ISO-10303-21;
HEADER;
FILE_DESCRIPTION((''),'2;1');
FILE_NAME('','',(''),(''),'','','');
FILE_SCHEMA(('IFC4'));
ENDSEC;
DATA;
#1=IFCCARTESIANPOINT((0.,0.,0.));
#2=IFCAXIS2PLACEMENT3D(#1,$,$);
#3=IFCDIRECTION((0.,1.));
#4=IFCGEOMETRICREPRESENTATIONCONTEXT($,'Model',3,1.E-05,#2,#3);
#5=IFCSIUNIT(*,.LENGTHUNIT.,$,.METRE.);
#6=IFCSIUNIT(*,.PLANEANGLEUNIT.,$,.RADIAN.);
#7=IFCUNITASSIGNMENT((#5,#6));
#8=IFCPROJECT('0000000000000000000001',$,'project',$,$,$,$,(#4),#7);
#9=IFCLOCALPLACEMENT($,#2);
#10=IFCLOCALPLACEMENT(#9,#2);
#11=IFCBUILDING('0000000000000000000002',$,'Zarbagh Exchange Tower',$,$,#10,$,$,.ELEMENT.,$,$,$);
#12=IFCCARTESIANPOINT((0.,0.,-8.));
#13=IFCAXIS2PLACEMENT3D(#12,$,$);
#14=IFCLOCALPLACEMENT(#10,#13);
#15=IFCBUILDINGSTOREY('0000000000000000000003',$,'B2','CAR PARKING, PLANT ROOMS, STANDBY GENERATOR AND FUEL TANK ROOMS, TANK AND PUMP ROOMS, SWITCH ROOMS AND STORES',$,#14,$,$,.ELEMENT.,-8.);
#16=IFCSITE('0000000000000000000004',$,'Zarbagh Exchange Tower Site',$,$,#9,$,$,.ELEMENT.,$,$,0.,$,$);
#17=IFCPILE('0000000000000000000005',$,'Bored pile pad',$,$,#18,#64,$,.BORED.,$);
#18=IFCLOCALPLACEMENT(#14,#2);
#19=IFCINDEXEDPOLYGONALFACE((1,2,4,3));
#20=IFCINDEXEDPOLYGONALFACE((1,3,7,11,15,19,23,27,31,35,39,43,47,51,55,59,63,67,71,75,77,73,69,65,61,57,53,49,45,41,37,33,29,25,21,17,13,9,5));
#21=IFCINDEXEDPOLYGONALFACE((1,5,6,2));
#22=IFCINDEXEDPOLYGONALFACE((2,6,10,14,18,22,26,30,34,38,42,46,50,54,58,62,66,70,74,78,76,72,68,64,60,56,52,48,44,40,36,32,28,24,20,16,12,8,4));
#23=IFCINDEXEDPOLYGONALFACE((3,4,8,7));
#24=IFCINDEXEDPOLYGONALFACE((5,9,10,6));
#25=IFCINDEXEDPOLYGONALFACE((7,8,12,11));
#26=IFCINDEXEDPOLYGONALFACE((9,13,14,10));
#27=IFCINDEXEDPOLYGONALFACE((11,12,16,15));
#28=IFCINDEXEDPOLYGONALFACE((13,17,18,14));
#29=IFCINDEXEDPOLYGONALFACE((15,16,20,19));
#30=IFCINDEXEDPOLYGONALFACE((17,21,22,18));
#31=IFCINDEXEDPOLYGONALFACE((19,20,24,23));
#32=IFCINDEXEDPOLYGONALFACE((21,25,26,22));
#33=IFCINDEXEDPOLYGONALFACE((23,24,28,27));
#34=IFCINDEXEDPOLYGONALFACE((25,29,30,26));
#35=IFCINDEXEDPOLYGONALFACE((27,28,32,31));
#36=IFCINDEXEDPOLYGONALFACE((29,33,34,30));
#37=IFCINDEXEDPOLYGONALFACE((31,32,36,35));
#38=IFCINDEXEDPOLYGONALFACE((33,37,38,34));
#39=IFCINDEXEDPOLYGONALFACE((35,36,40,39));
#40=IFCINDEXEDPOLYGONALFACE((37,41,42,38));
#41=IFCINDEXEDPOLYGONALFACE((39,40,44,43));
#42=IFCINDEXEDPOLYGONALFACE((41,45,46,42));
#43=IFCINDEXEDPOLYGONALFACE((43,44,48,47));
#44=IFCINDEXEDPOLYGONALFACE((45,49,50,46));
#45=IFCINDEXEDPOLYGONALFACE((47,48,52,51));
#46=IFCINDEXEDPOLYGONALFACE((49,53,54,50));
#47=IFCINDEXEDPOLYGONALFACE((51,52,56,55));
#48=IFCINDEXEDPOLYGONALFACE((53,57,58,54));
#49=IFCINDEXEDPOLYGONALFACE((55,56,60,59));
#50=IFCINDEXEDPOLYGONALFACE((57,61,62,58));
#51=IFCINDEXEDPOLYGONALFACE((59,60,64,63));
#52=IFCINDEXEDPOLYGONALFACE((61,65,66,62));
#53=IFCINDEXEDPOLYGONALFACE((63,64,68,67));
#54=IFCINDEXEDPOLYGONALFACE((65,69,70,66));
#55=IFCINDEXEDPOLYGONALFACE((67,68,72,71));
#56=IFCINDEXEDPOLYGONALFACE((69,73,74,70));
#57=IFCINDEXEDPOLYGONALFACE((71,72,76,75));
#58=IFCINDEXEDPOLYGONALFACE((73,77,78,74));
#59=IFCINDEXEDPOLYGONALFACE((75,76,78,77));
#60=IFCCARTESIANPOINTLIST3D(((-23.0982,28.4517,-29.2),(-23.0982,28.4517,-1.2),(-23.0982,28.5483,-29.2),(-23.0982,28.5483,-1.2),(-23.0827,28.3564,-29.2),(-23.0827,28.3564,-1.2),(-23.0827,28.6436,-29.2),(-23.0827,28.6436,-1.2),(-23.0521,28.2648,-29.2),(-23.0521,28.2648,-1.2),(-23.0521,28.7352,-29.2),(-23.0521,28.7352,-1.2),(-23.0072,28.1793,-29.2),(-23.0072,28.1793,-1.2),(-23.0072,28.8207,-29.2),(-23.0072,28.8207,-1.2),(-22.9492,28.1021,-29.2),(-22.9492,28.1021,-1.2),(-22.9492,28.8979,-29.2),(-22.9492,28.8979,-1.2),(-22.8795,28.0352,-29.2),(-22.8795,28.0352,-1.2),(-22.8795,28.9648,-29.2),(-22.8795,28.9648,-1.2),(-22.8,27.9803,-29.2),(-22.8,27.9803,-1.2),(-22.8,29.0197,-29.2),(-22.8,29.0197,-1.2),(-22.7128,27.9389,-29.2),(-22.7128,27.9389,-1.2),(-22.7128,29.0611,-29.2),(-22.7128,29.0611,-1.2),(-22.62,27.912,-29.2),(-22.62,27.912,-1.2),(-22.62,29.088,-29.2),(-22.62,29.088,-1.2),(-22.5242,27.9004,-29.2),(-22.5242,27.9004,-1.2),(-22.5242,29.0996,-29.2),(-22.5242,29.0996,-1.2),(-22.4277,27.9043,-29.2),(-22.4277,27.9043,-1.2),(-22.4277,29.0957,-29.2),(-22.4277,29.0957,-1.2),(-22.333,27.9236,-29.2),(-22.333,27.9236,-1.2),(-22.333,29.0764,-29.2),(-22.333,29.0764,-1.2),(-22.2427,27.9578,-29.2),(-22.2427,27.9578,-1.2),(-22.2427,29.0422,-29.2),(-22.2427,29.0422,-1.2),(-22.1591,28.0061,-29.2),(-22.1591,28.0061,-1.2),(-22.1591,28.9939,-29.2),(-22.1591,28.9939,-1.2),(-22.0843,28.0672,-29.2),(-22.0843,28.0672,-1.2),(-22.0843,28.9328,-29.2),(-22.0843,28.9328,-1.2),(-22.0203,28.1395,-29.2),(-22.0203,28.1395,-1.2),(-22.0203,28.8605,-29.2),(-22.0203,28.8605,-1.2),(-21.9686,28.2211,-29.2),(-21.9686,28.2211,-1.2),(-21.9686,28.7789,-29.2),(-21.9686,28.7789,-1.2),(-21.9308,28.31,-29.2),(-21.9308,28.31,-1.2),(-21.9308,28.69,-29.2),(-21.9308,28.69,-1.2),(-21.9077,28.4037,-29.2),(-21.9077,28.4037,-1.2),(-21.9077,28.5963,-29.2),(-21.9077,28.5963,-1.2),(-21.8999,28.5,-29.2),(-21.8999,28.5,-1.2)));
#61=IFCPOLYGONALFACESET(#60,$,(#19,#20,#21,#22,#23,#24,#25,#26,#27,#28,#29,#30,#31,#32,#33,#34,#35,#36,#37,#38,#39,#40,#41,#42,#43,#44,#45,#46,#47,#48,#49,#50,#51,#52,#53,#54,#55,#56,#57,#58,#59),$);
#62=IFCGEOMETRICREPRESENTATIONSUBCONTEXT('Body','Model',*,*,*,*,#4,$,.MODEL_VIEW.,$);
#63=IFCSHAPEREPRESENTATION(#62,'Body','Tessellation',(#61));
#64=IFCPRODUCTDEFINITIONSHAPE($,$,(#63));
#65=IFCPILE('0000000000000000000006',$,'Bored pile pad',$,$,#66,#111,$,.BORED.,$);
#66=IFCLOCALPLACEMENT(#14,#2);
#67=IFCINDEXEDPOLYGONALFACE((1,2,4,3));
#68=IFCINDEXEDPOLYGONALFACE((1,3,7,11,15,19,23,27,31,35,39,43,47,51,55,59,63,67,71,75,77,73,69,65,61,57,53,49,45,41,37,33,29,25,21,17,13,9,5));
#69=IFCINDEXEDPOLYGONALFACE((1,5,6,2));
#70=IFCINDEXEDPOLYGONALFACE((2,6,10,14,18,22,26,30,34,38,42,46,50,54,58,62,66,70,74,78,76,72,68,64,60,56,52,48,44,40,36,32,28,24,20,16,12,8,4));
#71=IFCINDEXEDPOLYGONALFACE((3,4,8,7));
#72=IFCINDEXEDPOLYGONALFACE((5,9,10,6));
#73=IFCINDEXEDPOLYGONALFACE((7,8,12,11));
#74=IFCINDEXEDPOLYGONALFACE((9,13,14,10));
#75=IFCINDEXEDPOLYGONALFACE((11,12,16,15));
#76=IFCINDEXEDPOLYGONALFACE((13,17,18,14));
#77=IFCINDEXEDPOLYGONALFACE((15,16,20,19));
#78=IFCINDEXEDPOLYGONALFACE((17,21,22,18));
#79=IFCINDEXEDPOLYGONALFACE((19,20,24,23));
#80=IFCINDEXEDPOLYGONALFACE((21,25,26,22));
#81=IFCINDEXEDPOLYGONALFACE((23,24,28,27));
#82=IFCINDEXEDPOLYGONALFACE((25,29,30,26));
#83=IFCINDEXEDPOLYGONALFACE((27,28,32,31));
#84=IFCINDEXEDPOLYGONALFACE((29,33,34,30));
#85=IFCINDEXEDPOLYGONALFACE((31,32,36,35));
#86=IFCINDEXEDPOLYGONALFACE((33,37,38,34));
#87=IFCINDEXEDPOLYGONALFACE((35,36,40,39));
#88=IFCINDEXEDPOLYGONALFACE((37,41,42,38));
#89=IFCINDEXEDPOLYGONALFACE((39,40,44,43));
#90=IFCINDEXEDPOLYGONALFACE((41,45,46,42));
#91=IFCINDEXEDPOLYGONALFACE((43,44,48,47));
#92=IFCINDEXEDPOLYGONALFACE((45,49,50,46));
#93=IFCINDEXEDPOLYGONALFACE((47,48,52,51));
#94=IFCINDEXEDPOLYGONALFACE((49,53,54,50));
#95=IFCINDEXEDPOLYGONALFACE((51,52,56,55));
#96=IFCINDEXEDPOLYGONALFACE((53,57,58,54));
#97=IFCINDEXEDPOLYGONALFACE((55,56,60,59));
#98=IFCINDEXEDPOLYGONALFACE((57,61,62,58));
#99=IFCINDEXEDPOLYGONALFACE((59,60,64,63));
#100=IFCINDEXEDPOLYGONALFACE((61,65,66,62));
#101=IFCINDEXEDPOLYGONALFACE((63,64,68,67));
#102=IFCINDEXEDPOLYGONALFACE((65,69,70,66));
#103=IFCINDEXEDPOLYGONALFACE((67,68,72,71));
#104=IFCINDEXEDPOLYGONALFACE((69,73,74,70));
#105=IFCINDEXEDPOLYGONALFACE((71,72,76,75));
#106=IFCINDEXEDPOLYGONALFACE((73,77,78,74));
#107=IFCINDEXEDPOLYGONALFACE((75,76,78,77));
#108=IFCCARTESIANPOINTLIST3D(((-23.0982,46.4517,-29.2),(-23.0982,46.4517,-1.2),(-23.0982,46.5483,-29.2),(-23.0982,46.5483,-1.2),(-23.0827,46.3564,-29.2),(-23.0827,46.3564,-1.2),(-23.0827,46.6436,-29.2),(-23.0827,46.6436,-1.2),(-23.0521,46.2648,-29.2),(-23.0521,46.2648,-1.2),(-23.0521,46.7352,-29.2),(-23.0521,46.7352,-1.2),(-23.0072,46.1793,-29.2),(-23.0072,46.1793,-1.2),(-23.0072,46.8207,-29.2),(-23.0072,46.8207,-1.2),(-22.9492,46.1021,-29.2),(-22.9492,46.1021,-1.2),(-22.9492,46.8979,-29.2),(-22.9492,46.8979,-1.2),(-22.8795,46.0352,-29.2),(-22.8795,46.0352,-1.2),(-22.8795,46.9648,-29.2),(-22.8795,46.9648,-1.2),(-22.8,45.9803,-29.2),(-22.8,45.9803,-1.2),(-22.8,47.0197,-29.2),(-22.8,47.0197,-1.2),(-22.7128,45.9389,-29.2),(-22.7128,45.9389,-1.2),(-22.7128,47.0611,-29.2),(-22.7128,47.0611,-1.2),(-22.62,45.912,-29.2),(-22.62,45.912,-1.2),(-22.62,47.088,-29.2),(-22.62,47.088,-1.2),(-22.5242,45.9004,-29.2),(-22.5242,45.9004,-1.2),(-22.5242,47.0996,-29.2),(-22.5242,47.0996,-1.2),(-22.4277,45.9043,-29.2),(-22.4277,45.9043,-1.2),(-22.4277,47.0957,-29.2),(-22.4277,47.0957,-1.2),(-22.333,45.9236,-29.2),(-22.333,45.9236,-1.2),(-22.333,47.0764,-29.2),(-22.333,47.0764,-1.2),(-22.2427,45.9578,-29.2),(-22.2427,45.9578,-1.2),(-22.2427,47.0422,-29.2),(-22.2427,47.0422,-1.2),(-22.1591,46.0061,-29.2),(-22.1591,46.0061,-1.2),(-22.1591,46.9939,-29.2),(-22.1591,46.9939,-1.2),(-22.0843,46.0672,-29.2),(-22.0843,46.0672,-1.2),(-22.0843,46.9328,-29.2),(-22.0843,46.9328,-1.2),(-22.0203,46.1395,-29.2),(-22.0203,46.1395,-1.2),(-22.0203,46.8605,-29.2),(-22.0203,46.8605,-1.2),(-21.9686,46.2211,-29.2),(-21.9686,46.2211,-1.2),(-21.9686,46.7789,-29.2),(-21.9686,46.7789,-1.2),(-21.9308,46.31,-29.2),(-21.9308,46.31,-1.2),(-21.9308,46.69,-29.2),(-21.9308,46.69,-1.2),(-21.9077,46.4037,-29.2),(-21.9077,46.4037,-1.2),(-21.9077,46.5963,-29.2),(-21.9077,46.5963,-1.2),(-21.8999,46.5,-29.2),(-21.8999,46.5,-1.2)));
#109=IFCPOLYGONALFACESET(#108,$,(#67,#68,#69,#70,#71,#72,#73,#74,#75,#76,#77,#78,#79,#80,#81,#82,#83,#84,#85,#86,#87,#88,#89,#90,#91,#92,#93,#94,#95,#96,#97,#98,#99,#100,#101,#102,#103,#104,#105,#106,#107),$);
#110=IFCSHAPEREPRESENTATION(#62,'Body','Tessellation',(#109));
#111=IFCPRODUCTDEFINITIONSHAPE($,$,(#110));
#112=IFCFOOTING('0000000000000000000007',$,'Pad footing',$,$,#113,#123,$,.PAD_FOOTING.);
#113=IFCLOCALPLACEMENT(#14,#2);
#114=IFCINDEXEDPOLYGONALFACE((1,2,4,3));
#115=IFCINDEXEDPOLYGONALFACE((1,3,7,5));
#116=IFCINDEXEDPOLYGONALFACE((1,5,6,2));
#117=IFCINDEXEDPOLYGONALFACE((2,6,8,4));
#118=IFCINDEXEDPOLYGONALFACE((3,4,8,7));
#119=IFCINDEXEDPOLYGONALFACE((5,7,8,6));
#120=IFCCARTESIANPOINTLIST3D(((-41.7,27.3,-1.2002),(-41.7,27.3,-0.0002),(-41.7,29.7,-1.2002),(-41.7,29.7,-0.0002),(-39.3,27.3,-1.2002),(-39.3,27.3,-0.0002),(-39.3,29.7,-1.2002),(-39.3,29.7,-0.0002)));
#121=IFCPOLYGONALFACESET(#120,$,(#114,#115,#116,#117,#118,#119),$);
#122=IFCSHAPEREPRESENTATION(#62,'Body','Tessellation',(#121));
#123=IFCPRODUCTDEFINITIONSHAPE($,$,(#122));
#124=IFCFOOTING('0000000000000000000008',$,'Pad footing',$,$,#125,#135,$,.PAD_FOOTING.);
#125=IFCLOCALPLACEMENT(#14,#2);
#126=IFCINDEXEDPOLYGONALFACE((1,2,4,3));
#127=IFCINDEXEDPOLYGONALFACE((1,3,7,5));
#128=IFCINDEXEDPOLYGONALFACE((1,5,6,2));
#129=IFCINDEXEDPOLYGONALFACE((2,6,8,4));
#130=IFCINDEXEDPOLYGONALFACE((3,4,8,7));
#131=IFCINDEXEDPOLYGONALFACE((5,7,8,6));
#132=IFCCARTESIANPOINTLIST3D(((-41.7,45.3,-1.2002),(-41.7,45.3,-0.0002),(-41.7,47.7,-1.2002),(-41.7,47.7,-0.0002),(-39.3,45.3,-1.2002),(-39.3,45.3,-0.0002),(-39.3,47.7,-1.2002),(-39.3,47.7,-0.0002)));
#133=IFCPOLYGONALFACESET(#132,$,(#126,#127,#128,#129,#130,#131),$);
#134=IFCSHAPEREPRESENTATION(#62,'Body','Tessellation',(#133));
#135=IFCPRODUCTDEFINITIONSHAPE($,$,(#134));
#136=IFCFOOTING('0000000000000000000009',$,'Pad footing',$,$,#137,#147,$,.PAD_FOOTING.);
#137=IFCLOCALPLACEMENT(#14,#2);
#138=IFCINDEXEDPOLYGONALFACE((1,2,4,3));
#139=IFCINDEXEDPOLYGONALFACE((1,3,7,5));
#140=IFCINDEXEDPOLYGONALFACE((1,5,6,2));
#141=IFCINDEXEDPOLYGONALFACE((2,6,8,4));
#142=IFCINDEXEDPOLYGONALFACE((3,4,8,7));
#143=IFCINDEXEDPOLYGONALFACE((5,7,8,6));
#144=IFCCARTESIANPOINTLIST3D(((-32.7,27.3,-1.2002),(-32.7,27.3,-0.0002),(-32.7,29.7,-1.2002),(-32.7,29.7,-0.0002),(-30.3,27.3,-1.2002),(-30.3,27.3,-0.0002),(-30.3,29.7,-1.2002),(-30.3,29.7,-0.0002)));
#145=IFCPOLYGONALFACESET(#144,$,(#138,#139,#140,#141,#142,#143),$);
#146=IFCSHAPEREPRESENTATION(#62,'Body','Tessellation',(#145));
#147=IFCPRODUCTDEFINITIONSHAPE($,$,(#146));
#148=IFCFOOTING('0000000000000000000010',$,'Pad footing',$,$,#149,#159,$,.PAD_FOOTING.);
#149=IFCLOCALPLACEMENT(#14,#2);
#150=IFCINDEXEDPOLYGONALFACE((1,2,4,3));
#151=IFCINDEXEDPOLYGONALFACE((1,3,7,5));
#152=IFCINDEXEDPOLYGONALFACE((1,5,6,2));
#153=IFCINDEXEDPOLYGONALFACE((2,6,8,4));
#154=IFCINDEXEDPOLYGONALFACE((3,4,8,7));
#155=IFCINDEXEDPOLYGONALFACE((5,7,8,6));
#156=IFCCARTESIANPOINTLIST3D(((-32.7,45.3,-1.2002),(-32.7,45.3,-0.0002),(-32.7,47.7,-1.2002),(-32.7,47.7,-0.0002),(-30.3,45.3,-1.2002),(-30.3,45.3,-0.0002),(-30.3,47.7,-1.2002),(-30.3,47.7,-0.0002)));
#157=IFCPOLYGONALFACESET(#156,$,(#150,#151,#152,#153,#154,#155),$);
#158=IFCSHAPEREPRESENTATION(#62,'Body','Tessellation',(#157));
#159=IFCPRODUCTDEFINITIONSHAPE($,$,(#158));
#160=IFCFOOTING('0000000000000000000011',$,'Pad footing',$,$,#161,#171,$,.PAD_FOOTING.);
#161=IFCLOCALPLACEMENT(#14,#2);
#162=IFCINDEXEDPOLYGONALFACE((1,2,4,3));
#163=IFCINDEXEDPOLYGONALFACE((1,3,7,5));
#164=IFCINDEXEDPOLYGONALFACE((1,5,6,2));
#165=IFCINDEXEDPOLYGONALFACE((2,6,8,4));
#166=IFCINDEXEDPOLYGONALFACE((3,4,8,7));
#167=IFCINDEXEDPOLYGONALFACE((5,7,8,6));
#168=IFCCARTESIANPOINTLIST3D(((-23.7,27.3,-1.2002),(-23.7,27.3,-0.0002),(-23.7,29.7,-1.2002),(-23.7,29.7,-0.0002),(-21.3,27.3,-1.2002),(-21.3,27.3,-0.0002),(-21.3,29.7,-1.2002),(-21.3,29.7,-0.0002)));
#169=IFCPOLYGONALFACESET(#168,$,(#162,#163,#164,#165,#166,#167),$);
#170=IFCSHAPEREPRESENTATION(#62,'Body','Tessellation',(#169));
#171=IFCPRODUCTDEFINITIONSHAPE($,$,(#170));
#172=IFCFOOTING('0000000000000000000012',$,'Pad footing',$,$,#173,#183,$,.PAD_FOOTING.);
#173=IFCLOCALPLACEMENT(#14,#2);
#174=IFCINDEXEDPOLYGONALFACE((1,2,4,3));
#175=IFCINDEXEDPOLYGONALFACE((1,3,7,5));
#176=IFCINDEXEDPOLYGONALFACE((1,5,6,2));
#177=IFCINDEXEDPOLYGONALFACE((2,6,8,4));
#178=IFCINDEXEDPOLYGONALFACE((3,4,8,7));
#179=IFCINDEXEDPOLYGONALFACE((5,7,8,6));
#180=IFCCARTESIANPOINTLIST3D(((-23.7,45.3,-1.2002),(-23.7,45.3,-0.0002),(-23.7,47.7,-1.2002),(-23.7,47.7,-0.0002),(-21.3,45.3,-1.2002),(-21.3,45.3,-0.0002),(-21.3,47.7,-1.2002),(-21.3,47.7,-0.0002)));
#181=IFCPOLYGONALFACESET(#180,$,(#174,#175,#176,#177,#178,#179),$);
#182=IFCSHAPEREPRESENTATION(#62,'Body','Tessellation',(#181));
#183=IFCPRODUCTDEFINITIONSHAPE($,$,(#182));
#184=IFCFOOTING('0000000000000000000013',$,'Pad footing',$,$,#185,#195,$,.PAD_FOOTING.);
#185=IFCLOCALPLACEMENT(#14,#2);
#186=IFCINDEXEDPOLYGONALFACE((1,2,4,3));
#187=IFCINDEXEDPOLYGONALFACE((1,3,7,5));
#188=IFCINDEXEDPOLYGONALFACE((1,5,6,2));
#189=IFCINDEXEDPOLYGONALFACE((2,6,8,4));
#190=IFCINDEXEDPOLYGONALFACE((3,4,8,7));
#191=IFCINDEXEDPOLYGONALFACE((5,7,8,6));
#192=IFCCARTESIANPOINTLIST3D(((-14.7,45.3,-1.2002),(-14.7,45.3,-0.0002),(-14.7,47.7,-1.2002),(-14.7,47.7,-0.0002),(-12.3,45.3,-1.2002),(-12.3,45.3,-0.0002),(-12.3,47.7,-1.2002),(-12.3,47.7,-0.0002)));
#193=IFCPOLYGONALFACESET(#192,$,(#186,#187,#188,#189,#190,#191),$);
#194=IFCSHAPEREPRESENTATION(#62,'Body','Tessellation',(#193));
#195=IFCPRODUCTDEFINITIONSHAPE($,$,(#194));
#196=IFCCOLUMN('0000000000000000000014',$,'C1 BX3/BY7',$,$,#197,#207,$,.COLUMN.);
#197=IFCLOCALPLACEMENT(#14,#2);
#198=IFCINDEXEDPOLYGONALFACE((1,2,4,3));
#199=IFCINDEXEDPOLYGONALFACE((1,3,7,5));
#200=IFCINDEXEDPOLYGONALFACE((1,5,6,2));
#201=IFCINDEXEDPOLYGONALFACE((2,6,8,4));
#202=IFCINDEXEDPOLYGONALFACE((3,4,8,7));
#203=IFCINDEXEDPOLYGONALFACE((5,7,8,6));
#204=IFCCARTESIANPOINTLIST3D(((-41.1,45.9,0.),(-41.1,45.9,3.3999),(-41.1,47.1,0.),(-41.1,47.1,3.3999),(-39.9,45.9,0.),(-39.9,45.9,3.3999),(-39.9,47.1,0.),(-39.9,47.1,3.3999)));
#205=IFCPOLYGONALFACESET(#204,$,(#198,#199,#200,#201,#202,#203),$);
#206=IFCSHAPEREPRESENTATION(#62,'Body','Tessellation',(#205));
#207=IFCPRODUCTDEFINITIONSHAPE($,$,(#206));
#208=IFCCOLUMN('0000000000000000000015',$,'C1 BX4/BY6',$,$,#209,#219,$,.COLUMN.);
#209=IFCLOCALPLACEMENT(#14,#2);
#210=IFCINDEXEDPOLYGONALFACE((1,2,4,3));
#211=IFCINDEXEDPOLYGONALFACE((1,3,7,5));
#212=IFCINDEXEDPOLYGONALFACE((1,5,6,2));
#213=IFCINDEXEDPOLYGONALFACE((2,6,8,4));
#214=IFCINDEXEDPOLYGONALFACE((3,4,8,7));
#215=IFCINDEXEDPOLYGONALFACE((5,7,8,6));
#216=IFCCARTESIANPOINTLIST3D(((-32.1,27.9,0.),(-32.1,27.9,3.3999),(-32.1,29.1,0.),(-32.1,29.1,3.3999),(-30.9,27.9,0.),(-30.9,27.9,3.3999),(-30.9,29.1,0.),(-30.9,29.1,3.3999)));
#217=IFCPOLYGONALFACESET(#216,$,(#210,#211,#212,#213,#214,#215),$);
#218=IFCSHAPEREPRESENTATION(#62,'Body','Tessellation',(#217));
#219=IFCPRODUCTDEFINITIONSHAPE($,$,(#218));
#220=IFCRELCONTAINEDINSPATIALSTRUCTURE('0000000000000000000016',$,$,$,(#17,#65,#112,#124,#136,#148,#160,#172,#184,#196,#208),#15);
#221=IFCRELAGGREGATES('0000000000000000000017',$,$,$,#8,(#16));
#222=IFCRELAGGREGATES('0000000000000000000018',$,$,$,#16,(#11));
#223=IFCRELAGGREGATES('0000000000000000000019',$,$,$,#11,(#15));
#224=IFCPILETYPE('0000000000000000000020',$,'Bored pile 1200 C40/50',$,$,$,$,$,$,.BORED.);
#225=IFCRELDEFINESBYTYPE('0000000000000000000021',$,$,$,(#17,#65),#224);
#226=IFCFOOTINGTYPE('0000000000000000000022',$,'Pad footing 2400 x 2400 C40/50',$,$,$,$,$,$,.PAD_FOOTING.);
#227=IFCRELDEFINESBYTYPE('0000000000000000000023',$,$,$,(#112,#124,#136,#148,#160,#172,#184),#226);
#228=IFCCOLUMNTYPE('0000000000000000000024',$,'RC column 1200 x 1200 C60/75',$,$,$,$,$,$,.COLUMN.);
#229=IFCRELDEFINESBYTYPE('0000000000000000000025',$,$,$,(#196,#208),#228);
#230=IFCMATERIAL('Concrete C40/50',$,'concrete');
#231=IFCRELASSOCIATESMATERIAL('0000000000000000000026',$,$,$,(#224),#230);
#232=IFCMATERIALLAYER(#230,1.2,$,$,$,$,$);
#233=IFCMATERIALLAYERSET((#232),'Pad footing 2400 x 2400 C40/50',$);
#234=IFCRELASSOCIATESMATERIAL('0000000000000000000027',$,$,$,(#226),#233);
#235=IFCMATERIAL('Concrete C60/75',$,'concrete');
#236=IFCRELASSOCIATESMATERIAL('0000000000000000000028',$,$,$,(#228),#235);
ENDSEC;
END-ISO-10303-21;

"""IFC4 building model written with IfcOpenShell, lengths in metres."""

from ifc_helpers import new_model, si_unit, direction, frame, origin, origin_2d, place, context, subcontext, project, spatial, rectangle, circle, extrude, material, layer, layer_set, material_profile, profile_set, type_object, element, save


model = new_model("IFC4")

# Units and contexts
model_context = context("Model", 3, precision=1e-05, world=origin(), true_north=direction((0.0, 1.0)))
body_context = subcontext(model_context, "Body", "Model", "MODEL_VIEW")
ifc_project = project(units=[si_unit("LENGTHUNIT", "METRE"), si_unit("PLANEANGLEUNIT", "RADIAN")], contexts=[model_context])

# Site, building, storey
site_placement = place(None, origin())
site = spatial("IfcSite", under=ifc_project, at=site_placement, Name="Zarbagh Exchange Tower Site", CompositionType="ELEMENT", RefElevation=0.0)
building_placement = place(site_placement, origin())
building = spatial("IfcBuilding", under=site, at=building_placement, Name="Zarbagh Exchange Tower", CompositionType="ELEMENT")
storey_placement = place(building_placement, frame((0.0, 0.0, -8.0)))
storey = spatial("IfcBuildingStorey", under=building, at=storey_placement, Name="B2", Description="CAR PARKING, PLANT ROOMS, STANDBY GENERATOR AND FUEL TANK ROOMS, TANK AND PUMP ROOMS, SWITCH ROOMS AND STORES", CompositionType="ELEMENT", Elevation=-8.0)

# Piles
ifc_material_1 = material(Name="Concrete C40/50", Category="concrete")
ifc_material_profile_1 = material_profile(ifc_material_1, circle(Radius=0.6001, at=origin_2d()), Name="Bored pile 1200 C40/50")
ifc_profile_set_1 = profile_set([ifc_material_profile_1], Name="Concrete C40/50")
pile_type = type_object("IfcPileType", Name="Bored pile 1200 C40/50", PredefinedType="BORED", material=ifc_profile_set_1)
for number, where, z_axis, x_axis, name in (
    (1, (-22.5, 28.5, -1.2), (0.0, 0.0, -1.0), (1.0, 0.0, 0.0), "Bored pile pad"),
    (2, (-22.5, 46.5, -1.2), (0.0, 0.0, -1.0), (1.0, 0.0, 0.0), "Bored pile pad"),
):
    element("IfcPile", number, at=place(storey_placement, frame(where, z_axis=z_axis, x_axis=x_axis)), inside=storey, type_object=pile_type, Name=name, PredefinedType="BORED", context=body_context, shape_type="SweptSolid", body=[
        extrude(circle(Radius=0.6001, at=origin_2d()), origin(), (0.0, 0.0, 1.0), 28.0),
    ])

# Footings
ifc_layer = layer(ifc_material_1, 1.2)
ifc_layer_set = layer_set([ifc_layer], Name="Pad footing 2400 x 2400 C40/50")
footing_type = type_object("IfcFootingType", Name="Pad footing 2400 x 2400 C40/50", PredefinedType="PAD_FOOTING", material=ifc_layer_set)
for number, where, z_axis, x_axis, name in (
    (3, (-40.5, 28.5, -1.2002), (0.0, 0.0, 1.0), (1.0, 0.0, 0.0), "Pad footing"),
    (4, (-40.5, 46.5, -1.2002), (0.0, 0.0, 1.0), (1.0, 0.0, 0.0), "Pad footing"),
    (5, (-31.5, 28.5, -1.2002), (0.0, 0.0, 1.0), (1.0, 0.0, 0.0), "Pad footing"),
    (6, (-31.5, 46.5, -1.2002), (0.0, 0.0, 1.0), (1.0, 0.0, 0.0), "Pad footing"),
    (7, (-22.5, 28.5, -1.2002), (0.0, 0.0, 1.0), (1.0, 0.0, 0.0), "Pad footing"),
    (8, (-22.5, 46.5, -1.2002), (0.0, 0.0, 1.0), (1.0, 0.0, 0.0), "Pad footing"),
    (9, (-13.5, 46.5, -1.2002), (0.0, 0.0, 1.0), (1.0, 0.0, 0.0), "Pad footing"),
):
    element("IfcFooting", number, at=place(storey_placement, frame(where, z_axis=z_axis, x_axis=x_axis)), inside=storey, type_object=footing_type, Name=name, PredefinedType="PAD_FOOTING", context=body_context, shape_type="SweptSolid", body=[
        extrude(rectangle(XDim=2.3999, YDim=2.3999, at=origin_2d()), origin(), (0.0, 0.0, 1.0), 1.2),
    ])

# Columns
ifc_material_2 = material(Name="Concrete C60/75", Category="concrete")
ifc_material_profile_2 = material_profile(ifc_material_2, rectangle(XDim=1.2, YDim=1.2, at=origin_2d()), Name="RC column 1200 x 1200 C60/75")
ifc_profile_set_2 = profile_set([ifc_material_profile_2], Name="Concrete C60/75")
column_type = type_object("IfcColumnType", Name="RC column 1200 x 1200 C60/75", PredefinedType="COLUMN", material=ifc_profile_set_2)
for number, where, z_axis, x_axis, name in (
    (10, (-40.5, 46.5, 0.0), (0.0, 0.0, 1.0), (1.0, 0.0, 0.0), "C1 BX3/BY7"),
    (11, (-31.5, 28.5, 0.0), (0.0, 0.0, 1.0), (1.0, 0.0, 0.0), "C1 BX4/BY6"),
):
    element("IfcColumn", number, at=place(storey_placement, frame(where, z_axis=z_axis, x_axis=x_axis)), inside=storey, type_object=column_type, Name=name, PredefinedType="COLUMN", context=body_context, shape_type="SweptSolid", body=[
        extrude(rectangle(XDim=1.2, YDim=1.2, at=origin_2d()), origin(), (0.0, 0.0, 1.0), 3.3999),
    ])

save(model, "model.ifc")
